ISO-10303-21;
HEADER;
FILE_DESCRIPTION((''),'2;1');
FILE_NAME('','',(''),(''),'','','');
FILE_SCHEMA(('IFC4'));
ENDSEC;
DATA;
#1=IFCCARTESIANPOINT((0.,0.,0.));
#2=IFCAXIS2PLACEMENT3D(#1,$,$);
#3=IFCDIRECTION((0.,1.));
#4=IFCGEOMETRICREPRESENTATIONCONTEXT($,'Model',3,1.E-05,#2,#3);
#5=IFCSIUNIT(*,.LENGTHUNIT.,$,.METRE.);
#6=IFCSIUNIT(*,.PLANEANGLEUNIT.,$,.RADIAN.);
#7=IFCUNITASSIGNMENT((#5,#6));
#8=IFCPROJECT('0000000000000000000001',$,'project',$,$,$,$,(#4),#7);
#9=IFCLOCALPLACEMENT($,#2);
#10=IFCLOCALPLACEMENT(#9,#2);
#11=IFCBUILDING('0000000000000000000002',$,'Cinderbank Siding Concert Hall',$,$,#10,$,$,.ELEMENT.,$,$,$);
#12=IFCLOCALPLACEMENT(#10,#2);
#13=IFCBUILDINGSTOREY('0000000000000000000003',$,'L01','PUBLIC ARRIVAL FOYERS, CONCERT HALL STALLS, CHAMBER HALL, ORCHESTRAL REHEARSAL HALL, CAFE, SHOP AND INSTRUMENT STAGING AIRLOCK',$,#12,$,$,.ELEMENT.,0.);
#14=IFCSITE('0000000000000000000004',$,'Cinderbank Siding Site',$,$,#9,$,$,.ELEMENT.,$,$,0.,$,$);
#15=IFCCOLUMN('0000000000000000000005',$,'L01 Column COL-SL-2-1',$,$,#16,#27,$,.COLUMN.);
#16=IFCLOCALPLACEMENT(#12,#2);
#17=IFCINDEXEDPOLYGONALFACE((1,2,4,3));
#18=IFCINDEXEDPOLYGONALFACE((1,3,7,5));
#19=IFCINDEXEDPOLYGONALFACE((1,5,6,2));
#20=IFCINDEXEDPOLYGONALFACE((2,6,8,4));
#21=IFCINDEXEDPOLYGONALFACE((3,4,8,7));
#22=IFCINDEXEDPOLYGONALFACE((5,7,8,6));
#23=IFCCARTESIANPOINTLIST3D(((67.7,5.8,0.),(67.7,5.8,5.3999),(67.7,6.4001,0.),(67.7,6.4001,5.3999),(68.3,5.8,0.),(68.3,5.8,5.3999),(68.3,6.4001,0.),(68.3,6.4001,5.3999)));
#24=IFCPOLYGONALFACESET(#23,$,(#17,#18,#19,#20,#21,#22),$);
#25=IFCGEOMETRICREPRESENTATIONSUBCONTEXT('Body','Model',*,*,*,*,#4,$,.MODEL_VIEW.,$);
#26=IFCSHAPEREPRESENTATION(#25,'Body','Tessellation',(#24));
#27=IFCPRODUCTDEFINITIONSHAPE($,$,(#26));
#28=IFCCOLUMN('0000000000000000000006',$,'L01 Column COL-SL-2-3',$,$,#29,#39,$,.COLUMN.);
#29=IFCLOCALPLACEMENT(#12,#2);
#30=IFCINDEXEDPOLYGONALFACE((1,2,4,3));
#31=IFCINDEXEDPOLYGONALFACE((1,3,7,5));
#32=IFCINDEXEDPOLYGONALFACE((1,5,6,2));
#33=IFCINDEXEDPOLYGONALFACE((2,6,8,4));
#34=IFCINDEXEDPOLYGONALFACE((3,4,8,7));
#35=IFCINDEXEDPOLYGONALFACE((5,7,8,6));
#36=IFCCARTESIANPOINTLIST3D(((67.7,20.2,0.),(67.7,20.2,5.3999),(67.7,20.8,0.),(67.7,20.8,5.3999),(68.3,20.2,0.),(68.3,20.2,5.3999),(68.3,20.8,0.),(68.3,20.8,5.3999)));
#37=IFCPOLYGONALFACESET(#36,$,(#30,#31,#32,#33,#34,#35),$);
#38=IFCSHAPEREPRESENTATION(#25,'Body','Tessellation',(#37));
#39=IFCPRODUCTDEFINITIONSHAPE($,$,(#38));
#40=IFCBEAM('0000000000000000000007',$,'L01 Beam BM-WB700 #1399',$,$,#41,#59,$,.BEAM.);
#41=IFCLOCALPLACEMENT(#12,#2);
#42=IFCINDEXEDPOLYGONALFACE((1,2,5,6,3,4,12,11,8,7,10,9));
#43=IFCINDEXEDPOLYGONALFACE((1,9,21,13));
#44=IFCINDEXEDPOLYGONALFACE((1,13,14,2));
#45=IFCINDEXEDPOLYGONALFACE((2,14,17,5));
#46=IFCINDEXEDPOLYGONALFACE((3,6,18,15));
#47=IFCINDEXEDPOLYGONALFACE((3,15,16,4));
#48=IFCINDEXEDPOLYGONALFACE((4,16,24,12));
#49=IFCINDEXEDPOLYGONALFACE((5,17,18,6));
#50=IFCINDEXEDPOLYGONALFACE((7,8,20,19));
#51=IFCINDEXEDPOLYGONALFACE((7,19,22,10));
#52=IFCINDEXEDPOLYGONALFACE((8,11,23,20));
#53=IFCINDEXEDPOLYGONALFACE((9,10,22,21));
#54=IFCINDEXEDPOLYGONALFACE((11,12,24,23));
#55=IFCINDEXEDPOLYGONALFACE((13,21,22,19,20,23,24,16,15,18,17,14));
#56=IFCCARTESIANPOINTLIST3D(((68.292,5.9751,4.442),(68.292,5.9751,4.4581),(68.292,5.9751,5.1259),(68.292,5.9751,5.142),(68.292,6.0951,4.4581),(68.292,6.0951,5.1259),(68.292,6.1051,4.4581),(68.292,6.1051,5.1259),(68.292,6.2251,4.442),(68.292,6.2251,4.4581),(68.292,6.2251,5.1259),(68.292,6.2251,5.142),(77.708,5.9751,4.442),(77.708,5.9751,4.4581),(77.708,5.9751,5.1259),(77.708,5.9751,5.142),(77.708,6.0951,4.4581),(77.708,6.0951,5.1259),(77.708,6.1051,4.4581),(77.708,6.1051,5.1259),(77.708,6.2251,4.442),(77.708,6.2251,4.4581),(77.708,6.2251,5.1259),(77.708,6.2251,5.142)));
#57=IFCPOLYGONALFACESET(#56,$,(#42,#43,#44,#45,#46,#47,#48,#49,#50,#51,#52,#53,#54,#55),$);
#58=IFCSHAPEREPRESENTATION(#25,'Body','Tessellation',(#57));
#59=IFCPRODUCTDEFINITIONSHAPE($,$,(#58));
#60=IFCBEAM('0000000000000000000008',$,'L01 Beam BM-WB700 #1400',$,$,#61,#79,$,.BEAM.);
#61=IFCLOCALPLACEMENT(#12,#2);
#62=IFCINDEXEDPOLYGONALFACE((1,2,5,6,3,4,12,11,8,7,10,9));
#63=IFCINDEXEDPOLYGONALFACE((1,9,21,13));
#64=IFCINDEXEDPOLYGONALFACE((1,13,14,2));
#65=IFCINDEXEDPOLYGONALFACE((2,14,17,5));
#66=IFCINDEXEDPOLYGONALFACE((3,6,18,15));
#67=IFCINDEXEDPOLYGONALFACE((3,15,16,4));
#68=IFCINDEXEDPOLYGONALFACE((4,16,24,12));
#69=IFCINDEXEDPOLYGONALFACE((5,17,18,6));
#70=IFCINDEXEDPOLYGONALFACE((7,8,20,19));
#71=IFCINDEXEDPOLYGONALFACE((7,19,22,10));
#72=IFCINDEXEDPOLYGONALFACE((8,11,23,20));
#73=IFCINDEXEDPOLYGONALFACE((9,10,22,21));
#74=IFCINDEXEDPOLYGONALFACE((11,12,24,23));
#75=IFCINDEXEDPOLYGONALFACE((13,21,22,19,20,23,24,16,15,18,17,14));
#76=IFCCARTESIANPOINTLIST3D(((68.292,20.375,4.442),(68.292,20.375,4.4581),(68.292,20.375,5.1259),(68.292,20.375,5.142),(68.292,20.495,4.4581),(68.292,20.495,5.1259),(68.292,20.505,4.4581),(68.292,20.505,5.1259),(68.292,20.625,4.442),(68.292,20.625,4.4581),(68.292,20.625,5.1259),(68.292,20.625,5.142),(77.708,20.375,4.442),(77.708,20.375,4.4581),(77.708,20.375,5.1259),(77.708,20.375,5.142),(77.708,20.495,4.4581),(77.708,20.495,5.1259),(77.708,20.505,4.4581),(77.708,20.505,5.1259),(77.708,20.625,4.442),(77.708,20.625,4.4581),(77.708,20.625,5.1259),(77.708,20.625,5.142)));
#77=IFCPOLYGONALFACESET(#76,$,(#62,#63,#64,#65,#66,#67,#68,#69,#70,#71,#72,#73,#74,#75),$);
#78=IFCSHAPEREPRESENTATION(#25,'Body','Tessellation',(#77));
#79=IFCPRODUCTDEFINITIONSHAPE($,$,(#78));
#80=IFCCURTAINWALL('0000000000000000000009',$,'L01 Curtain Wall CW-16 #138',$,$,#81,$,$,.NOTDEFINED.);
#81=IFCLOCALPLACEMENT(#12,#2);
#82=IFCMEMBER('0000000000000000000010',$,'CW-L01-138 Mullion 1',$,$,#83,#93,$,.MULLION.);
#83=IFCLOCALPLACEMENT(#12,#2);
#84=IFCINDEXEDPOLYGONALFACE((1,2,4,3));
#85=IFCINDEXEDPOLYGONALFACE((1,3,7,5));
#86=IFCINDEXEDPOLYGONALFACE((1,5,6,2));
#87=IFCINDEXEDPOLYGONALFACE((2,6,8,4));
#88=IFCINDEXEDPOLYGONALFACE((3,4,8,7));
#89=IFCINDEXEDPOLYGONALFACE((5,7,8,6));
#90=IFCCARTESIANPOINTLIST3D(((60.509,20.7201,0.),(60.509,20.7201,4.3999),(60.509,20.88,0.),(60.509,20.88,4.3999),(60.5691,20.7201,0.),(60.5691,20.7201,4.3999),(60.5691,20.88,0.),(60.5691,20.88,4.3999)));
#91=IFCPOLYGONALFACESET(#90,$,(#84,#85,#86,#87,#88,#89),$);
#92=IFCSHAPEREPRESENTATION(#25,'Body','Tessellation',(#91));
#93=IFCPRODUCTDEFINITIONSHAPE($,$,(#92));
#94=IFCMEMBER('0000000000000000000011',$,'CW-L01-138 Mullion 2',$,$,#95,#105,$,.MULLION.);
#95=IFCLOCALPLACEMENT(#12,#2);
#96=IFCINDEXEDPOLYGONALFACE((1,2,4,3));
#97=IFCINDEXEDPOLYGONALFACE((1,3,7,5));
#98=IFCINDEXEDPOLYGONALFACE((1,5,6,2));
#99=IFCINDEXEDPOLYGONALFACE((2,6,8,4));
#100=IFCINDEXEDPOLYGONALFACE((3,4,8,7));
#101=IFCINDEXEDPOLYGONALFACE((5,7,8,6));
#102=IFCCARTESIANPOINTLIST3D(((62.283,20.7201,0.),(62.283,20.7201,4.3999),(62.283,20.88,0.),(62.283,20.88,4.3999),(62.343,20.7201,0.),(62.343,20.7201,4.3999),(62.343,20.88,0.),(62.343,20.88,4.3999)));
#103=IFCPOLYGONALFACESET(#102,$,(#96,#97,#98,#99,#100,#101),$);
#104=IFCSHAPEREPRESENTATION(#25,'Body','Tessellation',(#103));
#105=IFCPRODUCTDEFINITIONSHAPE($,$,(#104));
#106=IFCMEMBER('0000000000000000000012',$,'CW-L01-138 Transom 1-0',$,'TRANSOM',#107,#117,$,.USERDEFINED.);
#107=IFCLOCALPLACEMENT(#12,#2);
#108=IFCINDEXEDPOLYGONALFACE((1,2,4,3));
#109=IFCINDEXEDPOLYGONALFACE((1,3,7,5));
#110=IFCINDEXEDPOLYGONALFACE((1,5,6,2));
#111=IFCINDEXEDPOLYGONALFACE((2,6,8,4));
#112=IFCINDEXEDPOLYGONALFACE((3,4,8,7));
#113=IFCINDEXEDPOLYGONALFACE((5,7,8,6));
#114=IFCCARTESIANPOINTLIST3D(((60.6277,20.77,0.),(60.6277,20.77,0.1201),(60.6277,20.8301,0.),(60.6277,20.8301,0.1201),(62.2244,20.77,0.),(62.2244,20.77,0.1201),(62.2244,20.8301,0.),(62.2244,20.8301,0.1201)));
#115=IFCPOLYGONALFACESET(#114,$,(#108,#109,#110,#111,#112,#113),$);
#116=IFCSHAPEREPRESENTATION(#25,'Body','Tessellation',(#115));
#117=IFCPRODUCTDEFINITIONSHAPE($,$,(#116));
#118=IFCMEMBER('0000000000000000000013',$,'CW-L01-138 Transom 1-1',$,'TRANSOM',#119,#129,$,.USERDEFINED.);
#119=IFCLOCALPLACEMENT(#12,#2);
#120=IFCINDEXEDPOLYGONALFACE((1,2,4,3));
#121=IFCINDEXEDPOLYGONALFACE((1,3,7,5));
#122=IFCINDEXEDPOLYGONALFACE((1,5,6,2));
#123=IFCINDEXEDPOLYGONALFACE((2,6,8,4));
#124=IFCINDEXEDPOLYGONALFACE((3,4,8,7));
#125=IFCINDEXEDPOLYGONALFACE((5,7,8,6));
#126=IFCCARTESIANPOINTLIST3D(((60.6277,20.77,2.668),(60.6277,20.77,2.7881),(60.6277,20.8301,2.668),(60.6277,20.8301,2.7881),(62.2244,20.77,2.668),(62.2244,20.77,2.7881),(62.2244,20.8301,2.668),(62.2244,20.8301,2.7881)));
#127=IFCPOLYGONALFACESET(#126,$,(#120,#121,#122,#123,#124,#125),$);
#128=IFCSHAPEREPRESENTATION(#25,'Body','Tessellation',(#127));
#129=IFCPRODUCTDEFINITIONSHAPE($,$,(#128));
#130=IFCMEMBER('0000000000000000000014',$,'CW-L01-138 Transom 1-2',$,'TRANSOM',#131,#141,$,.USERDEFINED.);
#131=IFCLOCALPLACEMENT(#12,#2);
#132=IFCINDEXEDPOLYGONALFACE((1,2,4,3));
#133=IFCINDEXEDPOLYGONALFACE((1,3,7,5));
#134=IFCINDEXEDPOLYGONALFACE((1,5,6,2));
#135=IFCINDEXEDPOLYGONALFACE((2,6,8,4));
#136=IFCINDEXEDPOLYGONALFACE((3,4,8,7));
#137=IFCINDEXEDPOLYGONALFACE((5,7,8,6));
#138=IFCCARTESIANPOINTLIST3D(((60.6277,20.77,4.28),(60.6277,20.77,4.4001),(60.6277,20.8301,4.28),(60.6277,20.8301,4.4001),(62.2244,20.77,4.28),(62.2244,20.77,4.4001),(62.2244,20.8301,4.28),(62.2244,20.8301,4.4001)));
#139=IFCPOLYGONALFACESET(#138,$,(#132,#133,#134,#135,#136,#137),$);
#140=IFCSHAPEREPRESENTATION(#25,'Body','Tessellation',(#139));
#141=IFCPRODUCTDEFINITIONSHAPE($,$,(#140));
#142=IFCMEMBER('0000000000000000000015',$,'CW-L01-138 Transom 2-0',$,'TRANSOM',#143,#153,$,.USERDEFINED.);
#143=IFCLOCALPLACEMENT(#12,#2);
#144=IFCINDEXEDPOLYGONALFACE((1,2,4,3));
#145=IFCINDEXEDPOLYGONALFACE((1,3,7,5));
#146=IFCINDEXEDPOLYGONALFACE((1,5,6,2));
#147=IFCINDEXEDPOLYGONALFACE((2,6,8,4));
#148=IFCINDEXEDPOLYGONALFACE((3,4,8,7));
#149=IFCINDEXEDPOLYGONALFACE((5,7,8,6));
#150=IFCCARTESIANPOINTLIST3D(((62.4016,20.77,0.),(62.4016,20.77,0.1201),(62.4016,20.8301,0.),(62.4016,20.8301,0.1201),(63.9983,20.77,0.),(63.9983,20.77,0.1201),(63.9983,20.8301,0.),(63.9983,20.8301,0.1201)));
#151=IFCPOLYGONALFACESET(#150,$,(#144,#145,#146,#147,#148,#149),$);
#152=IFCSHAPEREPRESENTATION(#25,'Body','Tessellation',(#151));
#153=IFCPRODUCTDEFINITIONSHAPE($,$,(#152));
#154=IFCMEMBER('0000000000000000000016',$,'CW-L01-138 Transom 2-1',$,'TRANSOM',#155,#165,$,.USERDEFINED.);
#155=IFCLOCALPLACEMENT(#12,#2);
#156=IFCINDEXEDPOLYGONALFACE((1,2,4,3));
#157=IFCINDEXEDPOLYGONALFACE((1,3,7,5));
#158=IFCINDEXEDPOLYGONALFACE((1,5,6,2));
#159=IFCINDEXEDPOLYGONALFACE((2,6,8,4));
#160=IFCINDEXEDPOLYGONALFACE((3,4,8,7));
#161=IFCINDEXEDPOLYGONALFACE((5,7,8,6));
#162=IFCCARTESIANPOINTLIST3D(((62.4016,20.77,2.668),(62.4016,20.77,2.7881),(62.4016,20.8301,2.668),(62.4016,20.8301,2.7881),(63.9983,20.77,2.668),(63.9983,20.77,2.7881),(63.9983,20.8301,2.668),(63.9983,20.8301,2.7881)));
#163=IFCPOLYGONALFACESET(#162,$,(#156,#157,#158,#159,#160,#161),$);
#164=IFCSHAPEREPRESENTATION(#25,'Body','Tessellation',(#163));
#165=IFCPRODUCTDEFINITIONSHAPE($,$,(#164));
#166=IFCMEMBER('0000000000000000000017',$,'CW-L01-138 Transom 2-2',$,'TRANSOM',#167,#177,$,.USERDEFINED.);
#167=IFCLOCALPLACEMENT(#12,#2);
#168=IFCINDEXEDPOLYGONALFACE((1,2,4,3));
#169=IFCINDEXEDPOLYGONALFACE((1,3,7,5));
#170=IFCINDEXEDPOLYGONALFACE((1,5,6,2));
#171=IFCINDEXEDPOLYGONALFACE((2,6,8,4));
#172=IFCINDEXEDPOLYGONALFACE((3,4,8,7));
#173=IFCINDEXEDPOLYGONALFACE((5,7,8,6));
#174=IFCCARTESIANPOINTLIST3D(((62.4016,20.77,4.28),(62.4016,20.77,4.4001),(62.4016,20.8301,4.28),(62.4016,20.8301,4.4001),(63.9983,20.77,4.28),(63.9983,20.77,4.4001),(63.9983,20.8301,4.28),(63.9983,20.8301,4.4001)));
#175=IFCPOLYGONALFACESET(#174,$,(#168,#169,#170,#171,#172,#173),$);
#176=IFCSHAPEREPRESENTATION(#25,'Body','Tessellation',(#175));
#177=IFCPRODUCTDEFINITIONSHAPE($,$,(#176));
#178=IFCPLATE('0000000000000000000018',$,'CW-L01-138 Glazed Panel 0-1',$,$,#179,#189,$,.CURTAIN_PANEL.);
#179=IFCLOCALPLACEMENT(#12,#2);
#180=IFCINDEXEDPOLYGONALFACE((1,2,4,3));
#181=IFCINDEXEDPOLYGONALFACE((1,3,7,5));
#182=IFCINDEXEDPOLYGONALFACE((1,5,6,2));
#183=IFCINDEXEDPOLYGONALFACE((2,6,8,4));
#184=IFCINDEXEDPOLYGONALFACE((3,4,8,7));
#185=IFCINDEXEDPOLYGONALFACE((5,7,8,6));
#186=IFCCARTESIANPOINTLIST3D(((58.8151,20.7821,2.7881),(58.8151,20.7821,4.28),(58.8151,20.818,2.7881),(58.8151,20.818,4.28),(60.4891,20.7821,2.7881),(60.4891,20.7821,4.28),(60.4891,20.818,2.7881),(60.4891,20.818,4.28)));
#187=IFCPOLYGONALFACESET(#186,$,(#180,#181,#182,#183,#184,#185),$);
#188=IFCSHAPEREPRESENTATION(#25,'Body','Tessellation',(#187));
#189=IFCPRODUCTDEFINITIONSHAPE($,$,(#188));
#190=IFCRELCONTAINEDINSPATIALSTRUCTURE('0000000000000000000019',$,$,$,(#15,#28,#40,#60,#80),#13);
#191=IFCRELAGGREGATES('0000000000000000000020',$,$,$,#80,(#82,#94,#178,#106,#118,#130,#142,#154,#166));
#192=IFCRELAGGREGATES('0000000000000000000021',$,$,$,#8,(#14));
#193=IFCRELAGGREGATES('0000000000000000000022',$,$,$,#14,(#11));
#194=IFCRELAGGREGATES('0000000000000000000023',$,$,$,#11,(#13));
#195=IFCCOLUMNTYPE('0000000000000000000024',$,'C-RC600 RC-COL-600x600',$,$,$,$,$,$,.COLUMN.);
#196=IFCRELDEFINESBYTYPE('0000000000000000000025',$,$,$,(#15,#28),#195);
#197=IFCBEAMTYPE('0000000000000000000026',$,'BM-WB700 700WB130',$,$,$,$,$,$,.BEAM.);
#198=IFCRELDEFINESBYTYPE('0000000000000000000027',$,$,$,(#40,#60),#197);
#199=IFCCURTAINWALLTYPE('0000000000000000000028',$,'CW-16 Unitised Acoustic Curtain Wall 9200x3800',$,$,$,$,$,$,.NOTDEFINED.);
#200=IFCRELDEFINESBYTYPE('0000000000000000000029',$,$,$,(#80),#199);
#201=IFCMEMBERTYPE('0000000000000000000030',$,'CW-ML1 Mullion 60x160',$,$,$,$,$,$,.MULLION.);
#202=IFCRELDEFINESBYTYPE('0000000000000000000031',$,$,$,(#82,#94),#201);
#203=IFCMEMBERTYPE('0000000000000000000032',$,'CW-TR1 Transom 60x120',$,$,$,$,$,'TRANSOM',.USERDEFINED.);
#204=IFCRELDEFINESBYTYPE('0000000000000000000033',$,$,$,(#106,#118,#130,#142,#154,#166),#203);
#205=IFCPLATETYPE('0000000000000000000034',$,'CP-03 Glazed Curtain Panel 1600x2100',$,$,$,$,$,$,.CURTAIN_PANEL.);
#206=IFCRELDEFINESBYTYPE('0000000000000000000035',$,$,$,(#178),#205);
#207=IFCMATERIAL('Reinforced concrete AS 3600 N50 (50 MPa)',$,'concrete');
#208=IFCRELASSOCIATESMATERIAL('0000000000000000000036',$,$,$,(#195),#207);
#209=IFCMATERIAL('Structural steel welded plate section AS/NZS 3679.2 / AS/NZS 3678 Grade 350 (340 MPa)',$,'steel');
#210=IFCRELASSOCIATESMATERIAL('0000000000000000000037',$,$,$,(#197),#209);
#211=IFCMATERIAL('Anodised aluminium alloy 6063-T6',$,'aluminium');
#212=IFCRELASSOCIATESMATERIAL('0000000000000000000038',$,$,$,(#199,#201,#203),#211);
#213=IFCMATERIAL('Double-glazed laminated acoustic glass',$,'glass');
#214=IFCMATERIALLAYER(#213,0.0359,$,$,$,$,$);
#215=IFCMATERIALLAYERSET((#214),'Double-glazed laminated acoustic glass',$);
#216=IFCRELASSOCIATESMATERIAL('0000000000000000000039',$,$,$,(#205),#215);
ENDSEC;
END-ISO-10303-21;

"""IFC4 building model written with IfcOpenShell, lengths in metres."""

from ifc_helpers import new_model, si_unit, direction, frame, origin, origin_2d, place, context, subcontext, project, spatial, rectangle, i_section, extrude, material, layer, layer_set, material_profile, profile_set, type_object, element, aggregate, save


model = new_model("IFC4")

# Units and contexts
model_context = context("Model", 3, precision=1e-05, world=origin(), true_north=direction((0.0, 1.0)))
body_context = subcontext(model_context, "Body", "Model", "MODEL_VIEW")
ifc_project = project(units=[si_unit("LENGTHUNIT", "METRE"), si_unit("PLANEANGLEUNIT", "RADIAN")], contexts=[model_context])

# Site, building, storey
site_placement = place(None, origin())
site = spatial("IfcSite", under=ifc_project, at=site_placement, Name="Cinderbank Siding Site", CompositionType="ELEMENT", RefElevation=0.0)
building_placement = place(site_placement, origin())
building = spatial("IfcBuilding", under=site, at=building_placement, Name="Cinderbank Siding Concert Hall", CompositionType="ELEMENT")
storey_placement = place(building_placement, origin())
storey = spatial("IfcBuildingStorey", under=building, at=storey_placement, Name="L01", Description="PUBLIC ARRIVAL FOYERS, CONCERT HALL STALLS, CHAMBER HALL, ORCHESTRAL REHEARSAL HALL, CAFE, SHOP AND INSTRUMENT STAGING AIRLOCK", CompositionType="ELEMENT", Elevation=0.0)

# Columns
ifc_material_1 = material(Name="Reinforced concrete AS 3600 N50 (50 MPa)", Category="concrete")
ifc_material_profile_1 = material_profile(ifc_material_1, rectangle(XDim=0.6001, YDim=0.6001, at=origin_2d()), Name="RC-COL-600x600", Category="LoadBearing")
ifc_profile_set_1 = profile_set([ifc_material_profile_1], Name="Reinforced concrete AS 3600 N50 (50 MPa)")
column_type = type_object("IfcColumnType", Name="C-RC600 RC-COL-600x600", PredefinedType="COLUMN", material=ifc_profile_set_1)
for number, where, z_axis, x_axis, name in (
    (1, (68.0, 6.1001, 0.0), (0.0, 0.0, 1.0), (1.0, 0.0, 0.0), "L01 Column COL-SL-2-1"),
    (2, (68.0, 20.5, 0.0), (0.0, 0.0, 1.0), (1.0, 0.0, 0.0), "L01 Column COL-SL-2-3"),
):
    element("IfcColumn", number, at=place(storey_placement, frame(where, z_axis=z_axis, x_axis=x_axis)), inside=storey, type_object=column_type, Name=name, PredefinedType="COLUMN", context=body_context, shape_type="SweptSolid", body=[
        extrude(rectangle(XDim=0.6001, YDim=0.6001, at=origin_2d()), origin(), (0.0, 0.0, 1.0), 5.3999),
    ])

# Beams
ifc_material_2 = material(Name="Structural steel welded plate section AS/NZS 3679.2 / AS/NZS 3678 Grade 350 (340 MPa)", Category="steel")
ifc_material_profile_2 = material_profile(ifc_material_2, i_section(OverallWidth=0.25, OverallDepth=0.7, WebThickness=0.01, FlangeThickness=0.0161, at=origin_2d()), Name="700WB130", Category="LoadBearing")
ifc_profile_set_2 = profile_set([ifc_material_profile_2], Name="Structural steel welded plate section AS/NZS 3679.2 / AS/NZS 3678 Grade 350 (340 MPa)")
beam_type = type_object("IfcBeamType", Name="BM-WB700 700WB130", PredefinedType="BEAM", material=ifc_profile_set_2)
for number, where, z_axis, x_axis, name in (
    (3, (68.292, 6.1001, 4.792), (1.0, 0.0, 0.0), (0.0, 1.0, 0.0), "L01 Beam BM-WB700 #1399"),
    (4, (68.292, 20.5, 4.792), (1.0, 0.0, 0.0), (0.0, 1.0, 0.0), "L01 Beam BM-WB700 #1400"),
):
    element("IfcBeam", number, at=place(storey_placement, frame(where, z_axis=z_axis, x_axis=x_axis)), inside=storey, type_object=beam_type, Name=name, PredefinedType="BEAM", context=body_context, shape_type="SweptSolid", body=[
        extrude(i_section(OverallWidth=0.25, OverallDepth=0.7, WebThickness=0.01, FlangeThickness=0.0161, at=origin_2d()), origin(), (0.0, 0.0, 1.0), 9.416),
    ])

# Curtain wall, members, plate
ifc_material_3 = material(Name="Anodised aluminium alloy 6063-T6", Category="aluminium")
curtain_wall_type = type_object("IfcCurtainWallType", Name="CW-16 Unitised Acoustic Curtain Wall 9200x3800", PredefinedType="NOTDEFINED", material=ifc_material_3)
curtain_wall_placement = place(storey_placement, origin())
curtain_wall = element("IfcCurtainWall", 5, at=curtain_wall_placement, inside=storey, type_object=curtain_wall_type, Name="L01 Curtain Wall CW-16 #138", PredefinedType="NOTDEFINED")
ifc_material_profile_3 = material_profile(ifc_material_3, rectangle(XDim=0.0601, YDim=0.1599, at=origin_2d()), Name="ALU-MULL-60x160", Category="LoadBearing")
ifc_profile_set_3 = profile_set([ifc_material_profile_3], Name="Anodised aluminium alloy 6063-T6")
member_type_1 = type_object("IfcMemberType", Name="CW-ML1 Mullion 60x160", PredefinedType="MULLION", material=ifc_profile_set_3)
member_1_placement = place(storey_placement, frame((60.5391, 20.8, 0.0), z_axis=(0.0, 0.0, 1.0), x_axis=(1.0, 0.0, 0.0)))
member_1 = element("IfcMember", 6, at=member_1_placement, type_object=member_type_1, Name="CW-L01-138 Mullion 1", PredefinedType="MULLION", context=body_context, shape_type="SweptSolid", body=[
    extrude(rectangle(XDim=0.0601, YDim=0.1599, at=origin_2d()), origin(), (0.0, 0.0, 1.0), 4.3999),
])
member_2_placement = place(storey_placement, frame((62.313, 20.8, 0.0), z_axis=(0.0, 0.0, 1.0), x_axis=(1.0, 0.0, 0.0)))
member_2 = element("IfcMember", 7, at=member_2_placement, type_object=member_type_1, Name="CW-L01-138 Mullion 2", PredefinedType="MULLION", context=body_context, shape_type="SweptSolid", body=[
    extrude(rectangle(XDim=0.0601, YDim=0.1599, at=origin_2d()), origin(), (0.0, 0.0, 1.0), 4.3999),
])
ifc_material_profile_4 = material_profile(ifc_material_3, rectangle(XDim=0.0601, YDim=0.1201, at=origin_2d()), Name="ALU-TRAN-60x120", Category="LoadBearing")
ifc_profile_set_4 = profile_set([ifc_material_profile_4], Name="Anodised aluminium alloy 6063-T6")
member_type_2 = type_object("IfcMemberType", Name="CW-TR1 Transom 60x120", ElementType="TRANSOM", PredefinedType="USERDEFINED", material=ifc_profile_set_4)
member_3_placement = place(storey_placement, frame((60.6277, 20.8, 0.0601), z_axis=(1.0, 0.0, 0.0), x_axis=(0.0, 1.0, 0.0)))
member_3 = element("IfcMember", 8, at=member_3_placement, type_object=member_type_2, Name="CW-L01-138 Transom 1-0", ObjectType="TRANSOM", PredefinedType="USERDEFINED", context=body_context, shape_type="SweptSolid", body=[
    extrude(rectangle(XDim=0.0601, YDim=0.1201, at=origin_2d()), origin(), (0.0, 0.0, 1.0), 1.5967),
])
member_4_placement = place(storey_placement, frame((60.6277, 20.8, 2.728), z_axis=(1.0, 0.0, 0.0), x_axis=(0.0, 1.0, 0.0)))
member_4 = element("IfcMember", 9, at=member_4_placement, type_object=member_type_2, Name="CW-L01-138 Transom 1-1", ObjectType="TRANSOM", PredefinedType="USERDEFINED", context=body_context, shape_type="SweptSolid", body=[
    extrude(rectangle(XDim=0.0601, YDim=0.1201, at=origin_2d()), origin(), (0.0, 0.0, 1.0), 1.5967),
])
member_5_placement = place(storey_placement, frame((60.6277, 20.8, 4.3401), z_axis=(1.0, 0.0, 0.0), x_axis=(0.0, 1.0, 0.0)))
member_5 = element("IfcMember", 10, at=member_5_placement, type_object=member_type_2, Name="CW-L01-138 Transom 1-2", ObjectType="TRANSOM", PredefinedType="USERDEFINED", context=body_context, shape_type="SweptSolid", body=[
    extrude(rectangle(XDim=0.0601, YDim=0.1201, at=origin_2d()), origin(), (0.0, 0.0, 1.0), 1.5967),
])
member_6_placement = place(storey_placement, frame((62.4016, 20.8, 0.0601), z_axis=(1.0, 0.0, 0.0), x_axis=(0.0, 1.0, 0.0)))
member_6 = element("IfcMember", 11, at=member_6_placement, type_object=member_type_2, Name="CW-L01-138 Transom 2-0", ObjectType="TRANSOM", PredefinedType="USERDEFINED", context=body_context, shape_type="SweptSolid", body=[
    extrude(rectangle(XDim=0.0601, YDim=0.1201, at=origin_2d()), origin(), (0.0, 0.0, 1.0), 1.5967),
])
member_7_placement = place(storey_placement, frame((62.4016, 20.8, 2.728), z_axis=(1.0, 0.0, 0.0), x_axis=(0.0, 1.0, 0.0)))
member_7 = element("IfcMember", 12, at=member_7_placement, type_object=member_type_2, Name="CW-L01-138 Transom 2-1", ObjectType="TRANSOM", PredefinedType="USERDEFINED", context=body_context, shape_type="SweptSolid", body=[
    extrude(rectangle(XDim=0.0601, YDim=0.1201, at=origin_2d()), origin(), (0.0, 0.0, 1.0), 1.5967),
])
member_8_placement = place(storey_placement, frame((62.4016, 20.8, 4.3401), z_axis=(1.0, 0.0, 0.0), x_axis=(0.0, 1.0, 0.0)))
member_8 = element("IfcMember", 13, at=member_8_placement, type_object=member_type_2, Name="CW-L01-138 Transom 2-2", ObjectType="TRANSOM", PredefinedType="USERDEFINED", context=body_context, shape_type="SweptSolid", body=[
    extrude(rectangle(XDim=0.0601, YDim=0.1201, at=origin_2d()), origin(), (0.0, 0.0, 1.0), 1.5967),
])
ifc_material_4 = material(Name="Double-glazed laminated acoustic glass", Category="glass")
ifc_layer_1 = layer(ifc_material_4, 0.0359)
ifc_layer_set_1 = layer_set([ifc_layer_1], Name="Double-glazed laminated acoustic glass")
plate_type = type_object("IfcPlateType", Name="CP-03 Glazed Curtain Panel 1600x2100", PredefinedType="CURTAIN_PANEL", material=ifc_layer_set_1)
plate_1_placement = place(storey_placement, frame((59.6521, 20.8, 2.7881), z_axis=(0.0, 0.0, 1.0), x_axis=(1.0, 0.0, 0.0)))
plate_1 = element("IfcPlate", 14, at=plate_1_placement, type_object=plate_type, Name="CW-L01-138 Glazed Panel 0-1", PredefinedType="CURTAIN_PANEL", context=body_context, shape_type="SweptSolid", body=[
    extrude(rectangle(XDim=1.6741, YDim=0.0359, at=origin_2d()), origin(), (0.0, 0.0, 1.0), 1.4919),
])
aggregate(curtain_wall, [member_1, member_2, plate_1, member_3, member_4, member_5, member_6, member_7, member_8])

save(model, "model.ifc")
